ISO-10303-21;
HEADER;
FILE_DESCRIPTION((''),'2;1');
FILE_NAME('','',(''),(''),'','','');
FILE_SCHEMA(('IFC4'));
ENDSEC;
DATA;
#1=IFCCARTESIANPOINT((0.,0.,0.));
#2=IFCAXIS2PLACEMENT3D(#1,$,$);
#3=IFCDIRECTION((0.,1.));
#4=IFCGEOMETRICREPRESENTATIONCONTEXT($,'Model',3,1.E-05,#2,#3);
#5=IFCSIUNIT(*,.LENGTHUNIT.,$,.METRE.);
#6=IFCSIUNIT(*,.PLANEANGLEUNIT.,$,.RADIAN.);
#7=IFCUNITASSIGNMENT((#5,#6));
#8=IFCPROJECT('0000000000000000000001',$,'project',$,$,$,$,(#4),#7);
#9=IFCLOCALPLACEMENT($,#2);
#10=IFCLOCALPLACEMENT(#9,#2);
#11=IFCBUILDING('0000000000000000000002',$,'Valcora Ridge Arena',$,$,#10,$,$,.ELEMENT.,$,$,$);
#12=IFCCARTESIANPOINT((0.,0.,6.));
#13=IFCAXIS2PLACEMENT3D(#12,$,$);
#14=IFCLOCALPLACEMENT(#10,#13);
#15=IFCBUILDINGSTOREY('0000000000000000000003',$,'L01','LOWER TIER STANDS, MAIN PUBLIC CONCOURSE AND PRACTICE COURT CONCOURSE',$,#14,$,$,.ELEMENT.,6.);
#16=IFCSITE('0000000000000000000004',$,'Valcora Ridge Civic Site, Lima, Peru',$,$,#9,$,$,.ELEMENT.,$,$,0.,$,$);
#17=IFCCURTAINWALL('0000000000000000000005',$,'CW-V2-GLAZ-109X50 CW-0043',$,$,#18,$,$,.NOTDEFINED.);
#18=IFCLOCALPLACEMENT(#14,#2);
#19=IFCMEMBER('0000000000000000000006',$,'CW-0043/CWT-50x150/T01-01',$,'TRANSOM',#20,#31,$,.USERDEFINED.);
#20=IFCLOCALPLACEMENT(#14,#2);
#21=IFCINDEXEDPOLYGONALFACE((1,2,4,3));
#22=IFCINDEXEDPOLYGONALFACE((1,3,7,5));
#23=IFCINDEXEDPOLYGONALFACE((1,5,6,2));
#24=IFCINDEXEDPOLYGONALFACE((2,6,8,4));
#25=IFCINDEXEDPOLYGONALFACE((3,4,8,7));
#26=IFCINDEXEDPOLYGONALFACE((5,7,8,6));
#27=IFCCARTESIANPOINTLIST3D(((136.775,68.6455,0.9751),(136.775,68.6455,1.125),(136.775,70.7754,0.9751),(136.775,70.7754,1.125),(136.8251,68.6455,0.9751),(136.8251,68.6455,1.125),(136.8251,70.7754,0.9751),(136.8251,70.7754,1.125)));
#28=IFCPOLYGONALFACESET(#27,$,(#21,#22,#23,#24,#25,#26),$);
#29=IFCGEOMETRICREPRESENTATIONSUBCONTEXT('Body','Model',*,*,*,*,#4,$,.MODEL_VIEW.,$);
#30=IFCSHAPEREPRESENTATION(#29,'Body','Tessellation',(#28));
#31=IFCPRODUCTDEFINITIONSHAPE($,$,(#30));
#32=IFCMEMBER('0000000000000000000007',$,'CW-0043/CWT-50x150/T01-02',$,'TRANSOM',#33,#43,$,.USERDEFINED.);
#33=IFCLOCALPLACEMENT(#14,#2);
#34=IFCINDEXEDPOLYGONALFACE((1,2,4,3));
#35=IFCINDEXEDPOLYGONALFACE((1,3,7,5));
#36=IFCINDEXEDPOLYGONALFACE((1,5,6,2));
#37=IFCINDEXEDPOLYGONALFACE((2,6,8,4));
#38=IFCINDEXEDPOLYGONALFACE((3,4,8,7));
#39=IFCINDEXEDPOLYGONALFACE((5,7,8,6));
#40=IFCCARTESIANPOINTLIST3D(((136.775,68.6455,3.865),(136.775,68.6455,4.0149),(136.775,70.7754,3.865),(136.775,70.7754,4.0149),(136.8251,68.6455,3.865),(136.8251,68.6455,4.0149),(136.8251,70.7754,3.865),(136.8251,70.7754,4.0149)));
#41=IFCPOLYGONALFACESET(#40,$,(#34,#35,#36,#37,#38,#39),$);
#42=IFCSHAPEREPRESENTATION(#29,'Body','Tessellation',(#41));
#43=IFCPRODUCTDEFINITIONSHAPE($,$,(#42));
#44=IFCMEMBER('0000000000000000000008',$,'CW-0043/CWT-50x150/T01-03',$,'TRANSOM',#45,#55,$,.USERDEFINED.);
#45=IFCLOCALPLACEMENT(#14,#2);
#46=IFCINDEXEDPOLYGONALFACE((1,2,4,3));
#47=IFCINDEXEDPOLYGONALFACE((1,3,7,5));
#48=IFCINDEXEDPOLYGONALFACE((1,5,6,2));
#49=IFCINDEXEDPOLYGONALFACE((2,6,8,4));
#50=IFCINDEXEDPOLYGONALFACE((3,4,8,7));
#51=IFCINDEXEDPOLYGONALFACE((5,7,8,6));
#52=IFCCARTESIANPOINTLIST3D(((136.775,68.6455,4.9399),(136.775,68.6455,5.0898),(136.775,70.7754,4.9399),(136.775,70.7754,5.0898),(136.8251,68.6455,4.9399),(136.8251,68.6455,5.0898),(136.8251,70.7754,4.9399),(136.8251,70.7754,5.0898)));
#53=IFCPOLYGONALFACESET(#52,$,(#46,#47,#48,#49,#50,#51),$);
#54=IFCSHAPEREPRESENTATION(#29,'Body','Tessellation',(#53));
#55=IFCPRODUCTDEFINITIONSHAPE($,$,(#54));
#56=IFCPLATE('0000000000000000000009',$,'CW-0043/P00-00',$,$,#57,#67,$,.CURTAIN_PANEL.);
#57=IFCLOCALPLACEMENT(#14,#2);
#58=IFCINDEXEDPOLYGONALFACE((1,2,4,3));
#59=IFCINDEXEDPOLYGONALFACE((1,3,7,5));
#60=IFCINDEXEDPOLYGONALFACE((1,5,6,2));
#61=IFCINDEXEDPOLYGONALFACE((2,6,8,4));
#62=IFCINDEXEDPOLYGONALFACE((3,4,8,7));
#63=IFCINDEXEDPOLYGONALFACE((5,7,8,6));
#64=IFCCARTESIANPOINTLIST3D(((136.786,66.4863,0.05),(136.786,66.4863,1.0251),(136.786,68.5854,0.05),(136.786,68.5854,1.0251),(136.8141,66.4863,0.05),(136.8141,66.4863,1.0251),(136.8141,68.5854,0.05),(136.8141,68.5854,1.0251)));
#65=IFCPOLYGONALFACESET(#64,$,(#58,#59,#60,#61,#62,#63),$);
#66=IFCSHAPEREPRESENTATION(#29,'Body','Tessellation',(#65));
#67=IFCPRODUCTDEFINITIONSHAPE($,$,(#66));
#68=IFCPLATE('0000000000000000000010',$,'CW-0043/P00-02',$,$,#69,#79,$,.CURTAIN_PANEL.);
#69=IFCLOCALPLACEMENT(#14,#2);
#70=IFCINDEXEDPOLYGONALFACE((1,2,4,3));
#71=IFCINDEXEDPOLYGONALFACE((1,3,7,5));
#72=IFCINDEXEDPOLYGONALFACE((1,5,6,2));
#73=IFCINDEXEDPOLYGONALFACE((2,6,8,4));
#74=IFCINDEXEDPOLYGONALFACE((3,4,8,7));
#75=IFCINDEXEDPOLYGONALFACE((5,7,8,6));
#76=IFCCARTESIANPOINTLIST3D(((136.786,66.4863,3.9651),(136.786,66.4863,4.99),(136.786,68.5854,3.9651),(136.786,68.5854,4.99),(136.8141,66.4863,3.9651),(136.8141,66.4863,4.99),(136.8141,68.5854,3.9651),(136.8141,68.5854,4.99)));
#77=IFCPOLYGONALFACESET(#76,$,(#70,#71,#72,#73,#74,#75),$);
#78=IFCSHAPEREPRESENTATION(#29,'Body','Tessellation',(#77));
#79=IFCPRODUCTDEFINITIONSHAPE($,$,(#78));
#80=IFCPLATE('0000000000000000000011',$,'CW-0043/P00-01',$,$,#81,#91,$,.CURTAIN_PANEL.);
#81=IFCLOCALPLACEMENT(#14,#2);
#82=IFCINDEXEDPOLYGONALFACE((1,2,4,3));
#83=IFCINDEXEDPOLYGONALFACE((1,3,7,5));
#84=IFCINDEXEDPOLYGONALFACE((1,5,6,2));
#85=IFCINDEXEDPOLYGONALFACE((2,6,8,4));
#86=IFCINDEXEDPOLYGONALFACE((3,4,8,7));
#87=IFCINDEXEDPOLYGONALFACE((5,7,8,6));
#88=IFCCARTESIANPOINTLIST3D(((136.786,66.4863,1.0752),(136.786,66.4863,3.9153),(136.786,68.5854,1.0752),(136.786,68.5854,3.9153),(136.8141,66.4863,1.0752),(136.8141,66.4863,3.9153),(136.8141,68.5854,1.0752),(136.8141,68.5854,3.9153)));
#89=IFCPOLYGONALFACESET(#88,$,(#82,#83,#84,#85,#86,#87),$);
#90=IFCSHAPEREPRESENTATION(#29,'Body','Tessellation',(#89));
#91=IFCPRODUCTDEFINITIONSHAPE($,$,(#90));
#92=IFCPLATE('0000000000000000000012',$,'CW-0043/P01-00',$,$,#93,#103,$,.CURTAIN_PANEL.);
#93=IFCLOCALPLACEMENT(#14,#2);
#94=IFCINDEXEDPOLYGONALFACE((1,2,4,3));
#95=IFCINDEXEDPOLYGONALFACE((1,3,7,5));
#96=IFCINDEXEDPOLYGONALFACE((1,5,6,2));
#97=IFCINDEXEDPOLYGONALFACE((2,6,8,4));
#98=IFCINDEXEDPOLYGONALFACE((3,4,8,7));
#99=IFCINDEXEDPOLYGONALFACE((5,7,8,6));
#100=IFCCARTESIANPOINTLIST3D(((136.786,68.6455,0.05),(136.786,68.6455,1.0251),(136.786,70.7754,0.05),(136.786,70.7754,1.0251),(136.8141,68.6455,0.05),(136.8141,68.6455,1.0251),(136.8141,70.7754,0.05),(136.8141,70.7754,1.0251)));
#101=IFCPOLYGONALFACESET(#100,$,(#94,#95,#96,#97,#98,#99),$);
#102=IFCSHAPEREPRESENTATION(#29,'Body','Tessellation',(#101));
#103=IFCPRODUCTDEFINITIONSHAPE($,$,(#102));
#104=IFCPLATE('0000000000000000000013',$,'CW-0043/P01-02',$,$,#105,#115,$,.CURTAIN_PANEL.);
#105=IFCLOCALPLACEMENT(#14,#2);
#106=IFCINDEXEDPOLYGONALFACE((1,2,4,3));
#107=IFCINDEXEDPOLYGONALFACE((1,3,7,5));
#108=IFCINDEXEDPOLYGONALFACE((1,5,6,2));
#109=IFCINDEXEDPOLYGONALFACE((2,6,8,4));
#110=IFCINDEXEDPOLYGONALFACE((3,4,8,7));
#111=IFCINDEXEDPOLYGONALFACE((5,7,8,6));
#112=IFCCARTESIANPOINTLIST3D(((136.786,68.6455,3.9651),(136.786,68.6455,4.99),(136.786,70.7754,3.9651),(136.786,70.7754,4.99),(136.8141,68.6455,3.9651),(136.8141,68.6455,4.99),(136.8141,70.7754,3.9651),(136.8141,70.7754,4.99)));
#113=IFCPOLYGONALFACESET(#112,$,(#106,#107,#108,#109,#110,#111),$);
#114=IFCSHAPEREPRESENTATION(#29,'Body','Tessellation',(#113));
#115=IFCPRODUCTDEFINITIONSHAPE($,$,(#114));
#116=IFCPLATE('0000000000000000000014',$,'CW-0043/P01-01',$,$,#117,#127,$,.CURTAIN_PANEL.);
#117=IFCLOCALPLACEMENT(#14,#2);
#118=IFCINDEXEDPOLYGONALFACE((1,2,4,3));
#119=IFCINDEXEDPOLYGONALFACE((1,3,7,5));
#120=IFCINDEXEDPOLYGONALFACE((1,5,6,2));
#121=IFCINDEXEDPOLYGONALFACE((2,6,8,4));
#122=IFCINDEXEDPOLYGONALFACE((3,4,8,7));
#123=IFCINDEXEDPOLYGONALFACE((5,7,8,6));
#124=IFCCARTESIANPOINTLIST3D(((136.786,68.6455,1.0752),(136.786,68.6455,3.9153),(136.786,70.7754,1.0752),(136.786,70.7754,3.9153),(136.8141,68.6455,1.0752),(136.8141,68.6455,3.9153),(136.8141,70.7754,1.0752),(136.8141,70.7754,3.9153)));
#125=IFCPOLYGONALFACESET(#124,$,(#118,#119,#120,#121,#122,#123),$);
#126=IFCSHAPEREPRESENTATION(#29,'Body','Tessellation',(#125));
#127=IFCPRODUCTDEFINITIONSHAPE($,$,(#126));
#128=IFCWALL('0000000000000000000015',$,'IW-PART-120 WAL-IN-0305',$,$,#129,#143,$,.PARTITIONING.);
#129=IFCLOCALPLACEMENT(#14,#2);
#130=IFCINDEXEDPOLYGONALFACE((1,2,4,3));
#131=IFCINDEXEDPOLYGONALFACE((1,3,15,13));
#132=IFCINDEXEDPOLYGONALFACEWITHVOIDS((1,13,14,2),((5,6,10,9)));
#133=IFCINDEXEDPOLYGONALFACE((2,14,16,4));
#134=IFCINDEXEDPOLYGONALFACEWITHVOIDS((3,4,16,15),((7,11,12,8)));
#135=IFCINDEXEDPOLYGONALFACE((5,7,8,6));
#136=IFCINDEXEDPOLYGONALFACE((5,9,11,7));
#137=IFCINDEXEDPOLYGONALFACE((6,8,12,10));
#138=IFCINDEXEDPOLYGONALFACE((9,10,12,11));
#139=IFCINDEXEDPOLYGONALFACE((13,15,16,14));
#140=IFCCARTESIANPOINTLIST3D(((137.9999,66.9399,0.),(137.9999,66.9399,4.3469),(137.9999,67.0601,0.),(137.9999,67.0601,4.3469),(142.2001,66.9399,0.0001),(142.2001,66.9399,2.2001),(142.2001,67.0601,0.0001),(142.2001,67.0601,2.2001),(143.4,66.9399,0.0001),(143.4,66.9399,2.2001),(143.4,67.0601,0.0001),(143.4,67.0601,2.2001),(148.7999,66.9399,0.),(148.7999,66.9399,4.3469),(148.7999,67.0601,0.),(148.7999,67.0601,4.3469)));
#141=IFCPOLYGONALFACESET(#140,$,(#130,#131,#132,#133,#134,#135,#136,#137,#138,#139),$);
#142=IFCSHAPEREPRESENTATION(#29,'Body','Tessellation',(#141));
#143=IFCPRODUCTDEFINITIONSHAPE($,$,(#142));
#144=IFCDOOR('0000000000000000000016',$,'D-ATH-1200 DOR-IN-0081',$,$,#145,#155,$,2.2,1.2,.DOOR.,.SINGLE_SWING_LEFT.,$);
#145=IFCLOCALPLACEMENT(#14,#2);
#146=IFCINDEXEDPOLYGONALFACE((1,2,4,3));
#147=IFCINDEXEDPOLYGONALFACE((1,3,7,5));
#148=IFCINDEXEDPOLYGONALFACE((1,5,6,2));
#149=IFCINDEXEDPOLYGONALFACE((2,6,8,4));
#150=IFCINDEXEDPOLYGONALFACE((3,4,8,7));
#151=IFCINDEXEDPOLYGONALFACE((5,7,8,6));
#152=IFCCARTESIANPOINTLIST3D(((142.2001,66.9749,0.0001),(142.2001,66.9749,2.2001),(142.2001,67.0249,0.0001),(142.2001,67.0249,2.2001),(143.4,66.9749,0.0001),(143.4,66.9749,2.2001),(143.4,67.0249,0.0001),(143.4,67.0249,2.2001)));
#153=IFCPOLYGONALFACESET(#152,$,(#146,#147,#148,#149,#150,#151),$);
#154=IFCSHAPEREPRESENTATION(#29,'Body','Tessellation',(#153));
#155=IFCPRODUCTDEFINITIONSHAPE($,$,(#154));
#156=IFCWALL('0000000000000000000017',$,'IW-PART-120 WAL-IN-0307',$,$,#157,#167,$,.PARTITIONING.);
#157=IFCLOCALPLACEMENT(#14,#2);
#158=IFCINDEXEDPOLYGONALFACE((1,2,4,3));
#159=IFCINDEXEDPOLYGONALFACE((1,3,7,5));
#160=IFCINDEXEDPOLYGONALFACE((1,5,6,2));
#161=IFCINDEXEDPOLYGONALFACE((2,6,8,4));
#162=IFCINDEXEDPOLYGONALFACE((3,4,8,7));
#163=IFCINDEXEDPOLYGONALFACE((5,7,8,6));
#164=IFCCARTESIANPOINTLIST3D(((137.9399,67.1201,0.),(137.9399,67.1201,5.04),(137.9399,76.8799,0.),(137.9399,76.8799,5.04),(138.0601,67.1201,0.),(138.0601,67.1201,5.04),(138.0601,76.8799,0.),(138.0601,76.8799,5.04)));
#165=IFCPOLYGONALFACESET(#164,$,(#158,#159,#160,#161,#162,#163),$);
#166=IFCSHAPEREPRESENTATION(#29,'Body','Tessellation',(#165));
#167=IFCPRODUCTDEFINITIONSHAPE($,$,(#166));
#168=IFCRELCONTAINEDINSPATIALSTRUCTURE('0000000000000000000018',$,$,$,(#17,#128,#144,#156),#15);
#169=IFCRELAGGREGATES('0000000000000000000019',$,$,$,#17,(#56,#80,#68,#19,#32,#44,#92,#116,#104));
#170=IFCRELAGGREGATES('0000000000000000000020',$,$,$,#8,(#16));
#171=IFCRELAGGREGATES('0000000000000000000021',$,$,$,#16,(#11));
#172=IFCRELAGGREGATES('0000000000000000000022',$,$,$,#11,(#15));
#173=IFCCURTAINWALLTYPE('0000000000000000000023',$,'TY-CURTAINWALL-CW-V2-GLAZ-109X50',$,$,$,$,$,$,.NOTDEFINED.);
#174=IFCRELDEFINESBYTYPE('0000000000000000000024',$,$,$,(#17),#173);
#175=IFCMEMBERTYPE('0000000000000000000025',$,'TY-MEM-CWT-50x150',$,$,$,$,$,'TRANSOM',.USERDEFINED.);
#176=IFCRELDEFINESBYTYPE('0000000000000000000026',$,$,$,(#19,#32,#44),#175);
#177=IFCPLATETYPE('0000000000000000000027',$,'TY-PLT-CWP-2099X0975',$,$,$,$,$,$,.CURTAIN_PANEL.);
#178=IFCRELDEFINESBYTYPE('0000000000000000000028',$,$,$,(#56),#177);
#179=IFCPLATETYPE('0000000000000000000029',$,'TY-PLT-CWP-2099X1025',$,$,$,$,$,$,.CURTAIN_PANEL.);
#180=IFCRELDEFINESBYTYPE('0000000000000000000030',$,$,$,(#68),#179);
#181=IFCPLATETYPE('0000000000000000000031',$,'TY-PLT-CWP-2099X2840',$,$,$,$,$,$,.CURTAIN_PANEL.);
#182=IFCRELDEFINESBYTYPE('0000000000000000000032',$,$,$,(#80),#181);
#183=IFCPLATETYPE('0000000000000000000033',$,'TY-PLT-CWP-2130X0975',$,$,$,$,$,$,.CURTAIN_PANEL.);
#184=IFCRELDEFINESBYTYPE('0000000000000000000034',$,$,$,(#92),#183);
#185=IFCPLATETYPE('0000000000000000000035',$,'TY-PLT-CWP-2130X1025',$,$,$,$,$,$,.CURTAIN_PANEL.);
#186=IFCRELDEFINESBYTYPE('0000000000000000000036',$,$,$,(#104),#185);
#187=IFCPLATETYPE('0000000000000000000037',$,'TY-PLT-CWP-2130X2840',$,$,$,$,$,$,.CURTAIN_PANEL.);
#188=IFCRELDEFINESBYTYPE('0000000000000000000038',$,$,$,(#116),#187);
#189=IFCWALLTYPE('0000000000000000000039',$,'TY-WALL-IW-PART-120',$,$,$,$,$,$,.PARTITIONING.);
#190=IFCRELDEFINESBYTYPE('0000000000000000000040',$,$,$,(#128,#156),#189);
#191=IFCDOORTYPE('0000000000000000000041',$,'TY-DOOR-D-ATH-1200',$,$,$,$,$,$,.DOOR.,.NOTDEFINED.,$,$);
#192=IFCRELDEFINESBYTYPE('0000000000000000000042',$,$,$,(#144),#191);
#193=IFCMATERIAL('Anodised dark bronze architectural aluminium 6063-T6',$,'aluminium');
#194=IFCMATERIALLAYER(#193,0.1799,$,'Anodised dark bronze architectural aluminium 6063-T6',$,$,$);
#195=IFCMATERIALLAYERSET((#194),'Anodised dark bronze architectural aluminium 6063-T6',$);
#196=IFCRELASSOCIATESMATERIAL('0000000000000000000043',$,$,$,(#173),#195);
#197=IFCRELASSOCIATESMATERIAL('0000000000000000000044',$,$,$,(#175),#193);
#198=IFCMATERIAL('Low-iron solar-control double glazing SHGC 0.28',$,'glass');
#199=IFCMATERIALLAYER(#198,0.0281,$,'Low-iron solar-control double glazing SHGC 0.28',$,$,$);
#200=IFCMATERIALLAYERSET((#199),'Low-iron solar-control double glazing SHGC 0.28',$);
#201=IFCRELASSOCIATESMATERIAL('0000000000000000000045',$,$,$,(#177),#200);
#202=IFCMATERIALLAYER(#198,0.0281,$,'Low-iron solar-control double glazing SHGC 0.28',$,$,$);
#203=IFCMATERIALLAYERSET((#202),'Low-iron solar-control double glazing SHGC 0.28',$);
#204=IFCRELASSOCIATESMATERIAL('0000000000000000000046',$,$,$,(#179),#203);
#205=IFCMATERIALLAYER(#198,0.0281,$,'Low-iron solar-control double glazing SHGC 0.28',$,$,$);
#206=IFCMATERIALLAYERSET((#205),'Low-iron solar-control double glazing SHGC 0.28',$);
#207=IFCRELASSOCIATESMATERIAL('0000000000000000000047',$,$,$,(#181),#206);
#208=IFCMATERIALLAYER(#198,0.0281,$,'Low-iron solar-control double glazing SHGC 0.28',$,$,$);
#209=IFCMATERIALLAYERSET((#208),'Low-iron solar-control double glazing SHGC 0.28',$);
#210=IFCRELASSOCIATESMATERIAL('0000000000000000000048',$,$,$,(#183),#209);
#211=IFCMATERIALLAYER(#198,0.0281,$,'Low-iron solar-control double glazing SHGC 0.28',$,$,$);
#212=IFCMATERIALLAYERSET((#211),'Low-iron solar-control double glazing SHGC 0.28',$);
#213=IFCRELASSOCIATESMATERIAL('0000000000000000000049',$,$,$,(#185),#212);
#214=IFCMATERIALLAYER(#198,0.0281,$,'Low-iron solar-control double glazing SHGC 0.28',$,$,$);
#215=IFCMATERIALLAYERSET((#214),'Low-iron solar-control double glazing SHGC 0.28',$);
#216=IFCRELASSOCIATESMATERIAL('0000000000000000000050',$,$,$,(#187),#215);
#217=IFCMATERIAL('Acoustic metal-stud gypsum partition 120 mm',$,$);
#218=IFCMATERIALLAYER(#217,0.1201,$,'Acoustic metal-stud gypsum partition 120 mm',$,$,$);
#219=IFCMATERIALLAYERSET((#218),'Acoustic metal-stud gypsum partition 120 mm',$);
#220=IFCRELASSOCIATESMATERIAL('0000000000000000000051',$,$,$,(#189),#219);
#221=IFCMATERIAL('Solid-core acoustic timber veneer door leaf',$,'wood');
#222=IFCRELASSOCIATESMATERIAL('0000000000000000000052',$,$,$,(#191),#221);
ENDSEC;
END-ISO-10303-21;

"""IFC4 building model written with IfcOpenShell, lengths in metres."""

from ifc_helpers import new_model, si_unit, direction, frame, frame_2d, origin, origin_2d, place, context, subcontext, project, spatial, rectangle, extrude, material, layer, layer_set, material_profile, profile_set, type_object, element, fill, aggregate, save


model = new_model("IFC4")

# Units and contexts
model_context = context("Model", 3, precision=1e-05, world=origin(), true_north=direction((0.0, 1.0)))
body_context = subcontext(model_context, "Body", "Model", "MODEL_VIEW")
ifc_project = project(units=[si_unit("LENGTHUNIT", "METRE"), si_unit("PLANEANGLEUNIT", "RADIAN")], contexts=[model_context])

# Site, building, storey
site_placement = place(None, origin())
site = spatial("IfcSite", under=ifc_project, at=site_placement, Name="Valcora Ridge Civic Site, Lima, Peru", CompositionType="ELEMENT", RefElevation=0.0)
building_placement = place(site_placement, origin())
building = spatial("IfcBuilding", under=site, at=building_placement, Name="Valcora Ridge Arena", CompositionType="ELEMENT")
storey_placement = place(building_placement, frame((0.0, 0.0, 6.0)))
storey = spatial("IfcBuildingStorey", under=building, at=storey_placement, Name="L01", Description="LOWER TIER STANDS, MAIN PUBLIC CONCOURSE AND PRACTICE COURT CONCOURSE", CompositionType="ELEMENT", Elevation=6.0)

# Curtain wall, members, plates
ifc_material_1 = material(Name="Anodised dark bronze architectural aluminium 6063-T6", Category="aluminium")
ifc_layer_1 = layer(ifc_material_1, 0.1799, Name="Anodised dark bronze architectural aluminium 6063-T6")
ifc_layer_set_1 = layer_set([ifc_layer_1], Name="Anodised dark bronze architectural aluminium 6063-T6")
curtain_wall_type = type_object("IfcCurtainWallType", Name="TY-CURTAINWALL-CW-V2-GLAZ-109X50", PredefinedType="NOTDEFINED", material=ifc_layer_set_1)
curtain_wall_placement = place(storey_placement, origin())
curtain_wall = element("IfcCurtainWall", 1, at=curtain_wall_placement, inside=storey, type_object=curtain_wall_type, Name="CW-V2-GLAZ-109X50 CW-0043", PredefinedType="NOTDEFINED")
ifc_material_profile_1 = material_profile(ifc_material_1, rectangle(XDim=0.05, YDim=0.1499, at=origin_2d()), Name="ALU TRANSOM 50x150")
ifc_profile_set_1 = profile_set([ifc_material_profile_1], Name="Anodised dark bronze architectural aluminium 6063-T6")
member_type_1 = type_object("IfcMemberType", Name="TY-MEM-CWT-50x150", ElementType="TRANSOM", PredefinedType="USERDEFINED", material=ifc_profile_set_1)
member_1_placement = place(storey_placement, frame((136.8, 68.6455, 1.05), z_axis=(0.0, 1.0, 0.0), x_axis=(-1.0, 0.0, 0.0)))
member_1 = element("IfcMember", 2, at=member_1_placement, type_object=member_type_1, Name="CW-0043/CWT-50x150/T01-01", ObjectType="TRANSOM", PredefinedType="USERDEFINED", context=body_context, shape_type="SweptSolid", body=[
    extrude(rectangle(XDim=0.05, YDim=0.1499, at=origin_2d()), origin(), (0.0, 0.0, 1.0), 2.1299),
])
member_2_placement = place(storey_placement, frame((136.8, 68.6455, 3.9399), z_axis=(0.0, 1.0, 0.0), x_axis=(-1.0, 0.0, 0.0)))
member_2 = element("IfcMember", 3, at=member_2_placement, type_object=member_type_1, Name="CW-0043/CWT-50x150/T01-02", ObjectType="TRANSOM", PredefinedType="USERDEFINED", context=body_context, shape_type="SweptSolid", body=[
    extrude(rectangle(XDim=0.05, YDim=0.1499, at=origin_2d()), origin(), (0.0, 0.0, 1.0), 2.1299),
])
member_3_placement = place(storey_placement, frame((136.8, 68.6455, 5.0149), z_axis=(0.0, 1.0, 0.0), x_axis=(-1.0, 0.0, 0.0)))
member_3 = element("IfcMember", 4, at=member_3_placement, type_object=member_type_1, Name="CW-0043/CWT-50x150/T01-03", ObjectType="TRANSOM", PredefinedType="USERDEFINED", context=body_context, shape_type="SweptSolid", body=[
    extrude(rectangle(XDim=0.05, YDim=0.1499, at=origin_2d()), origin(), (0.0, 0.0, 1.0), 2.1299),
])
ifc_material_2 = material(Name="Low-iron solar-control double glazing SHGC 0.28", Category="glass")
ifc_layer_2 = layer(ifc_material_2, 0.0281, Name="Low-iron solar-control double glazing SHGC 0.28")
ifc_layer_set_2 = layer_set([ifc_layer_2], Name="Low-iron solar-control double glazing SHGC 0.28")
plate_type_1 = type_object("IfcPlateType", Name="TY-PLT-CWP-2099X0975", PredefinedType="CURTAIN_PANEL", material=ifc_layer_set_2)
plate_1_placement = place(storey_placement, frame((136.8, 67.5359, 0.05), z_axis=(0.0, 0.0, 1.0), x_axis=(0.0, 1.0, 0.0)))
plate_1 = element("IfcPlate", 5, at=plate_1_placement, type_object=plate_type_1, Name="CW-0043/P00-00", PredefinedType="CURTAIN_PANEL", context=body_context, shape_type="SweptSolid", body=[
    extrude(rectangle(XDim=2.0991, YDim=0.0281, at=origin_2d()), origin(), (0.0, 0.0, 1.0), 0.9751),
])
ifc_layer_3 = layer(ifc_material_2, 0.0281, Name="Low-iron solar-control double glazing SHGC 0.28")
ifc_layer_set_3 = layer_set([ifc_layer_3], Name="Low-iron solar-control double glazing SHGC 0.28")
plate_type_2 = type_object("IfcPlateType", Name="TY-PLT-CWP-2099X1025", PredefinedType="CURTAIN_PANEL", material=ifc_layer_set_3)
plate_2_placement = place(storey_placement, frame((136.8, 67.5359, 3.9651), z_axis=(0.0, 0.0, 1.0), x_axis=(0.0, 1.0, 0.0)))
plate_2 = element("IfcPlate", 6, at=plate_2_placement, type_object=plate_type_2, Name="CW-0043/P00-02", PredefinedType="CURTAIN_PANEL", context=body_context, shape_type="SweptSolid", body=[
    extrude(rectangle(XDim=2.0991, YDim=0.0281, at=origin_2d()), origin(), (0.0, 0.0, 1.0), 1.0249),
])
ifc_layer_4 = layer(ifc_material_2, 0.0281, Name="Low-iron solar-control double glazing SHGC 0.28")
ifc_layer_set_4 = layer_set([ifc_layer_4], Name="Low-iron solar-control double glazing SHGC 0.28")
plate_type_3 = type_object("IfcPlateType", Name="TY-PLT-CWP-2099X2840", PredefinedType="CURTAIN_PANEL", material=ifc_layer_set_4)
plate_3_placement = place(storey_placement, frame((136.8, 67.5359, 1.0752), z_axis=(0.0, 0.0, 1.0), x_axis=(0.0, 1.0, 0.0)))
plate_3 = element("IfcPlate", 7, at=plate_3_placement, type_object=plate_type_3, Name="CW-0043/P00-01", PredefinedType="CURTAIN_PANEL", context=body_context, shape_type="SweptSolid", body=[
    extrude(rectangle(XDim=2.0991, YDim=0.0281, at=origin_2d()), origin(), (0.0, 0.0, 1.0), 2.8401),
])
ifc_layer_5 = layer(ifc_material_2, 0.0281, Name="Low-iron solar-control double glazing SHGC 0.28")
ifc_layer_set_5 = layer_set([ifc_layer_5], Name="Low-iron solar-control double glazing SHGC 0.28")
plate_type_4 = type_object("IfcPlateType", Name="TY-PLT-CWP-2130X0975", PredefinedType="CURTAIN_PANEL", material=ifc_layer_set_5)
plate_4_placement = place(storey_placement, frame((136.8, 69.7104, 0.05), z_axis=(0.0, 0.0, 1.0), x_axis=(0.0, 1.0, 0.0)))
plate_4 = element("IfcPlate", 8, at=plate_4_placement, type_object=plate_type_4, Name="CW-0043/P01-00", PredefinedType="CURTAIN_PANEL", context=body_context, shape_type="SweptSolid", body=[
    extrude(rectangle(XDim=2.1299, YDim=0.0281, at=origin_2d()), origin(), (0.0, 0.0, 1.0), 0.9751),
])
ifc_layer_6 = layer(ifc_material_2, 0.0281, Name="Low-iron solar-control double glazing SHGC 0.28")
ifc_layer_set_6 = layer_set([ifc_layer_6], Name="Low-iron solar-control double glazing SHGC 0.28")
plate_type_5 = type_object("IfcPlateType", Name="TY-PLT-CWP-2130X1025", PredefinedType="CURTAIN_PANEL", material=ifc_layer_set_6)
plate_5_placement = place(storey_placement, frame((136.8, 69.7104, 3.9651), z_axis=(0.0, 0.0, 1.0), x_axis=(0.0, 1.0, 0.0)))
plate_5 = element("IfcPlate", 9, at=plate_5_placement, type_object=plate_type_5, Name="CW-0043/P01-02", PredefinedType="CURTAIN_PANEL", context=body_context, shape_type="SweptSolid", body=[
    extrude(rectangle(XDim=2.1299, YDim=0.0281, at=origin_2d()), origin(), (0.0, 0.0, 1.0), 1.0249),
])
ifc_layer_7 = layer(ifc_material_2, 0.0281, Name="Low-iron solar-control double glazing SHGC 0.28")
ifc_layer_set_7 = layer_set([ifc_layer_7], Name="Low-iron solar-control double glazing SHGC 0.28")
plate_type_6 = type_object("IfcPlateType", Name="TY-PLT-CWP-2130X2840", PredefinedType="CURTAIN_PANEL", material=ifc_layer_set_7)
plate_6_placement = place(storey_placement, frame((136.8, 69.7104, 1.0752), z_axis=(0.0, 0.0, 1.0), x_axis=(0.0, 1.0, 0.0)))
plate_6 = element("IfcPlate", 10, at=plate_6_placement, type_object=plate_type_6, Name="CW-0043/P01-01", PredefinedType="CURTAIN_PANEL", context=body_context, shape_type="SweptSolid", body=[
    extrude(rectangle(XDim=2.1299, YDim=0.0281, at=origin_2d()), origin(), (0.0, 0.0, 1.0), 2.8401),
])
aggregate(curtain_wall, [plate_1, plate_3, plate_2, member_1, member_2, member_3, plate_4, plate_6, plate_5])

# Wall, opening, door
ifc_material_3 = material(Name="Acoustic metal-stud gypsum partition 120 mm")
ifc_layer_8 = layer(ifc_material_3, 0.1201, Name="Acoustic metal-stud gypsum partition 120 mm")
ifc_layer_set_8 = layer_set([ifc_layer_8], Name="Acoustic metal-stud gypsum partition 120 mm")
wall_type = type_object("IfcWallType", Name="TY-WALL-IW-PART-120", PredefinedType="PARTITIONING", material=ifc_layer_set_8)
wall_1_placement = place(storey_placement, frame((138.0, 67.0, 0.0), z_axis=(0.0, 0.0, 1.0), x_axis=(1.0, 0.0, 0.0)))
wall_1 = element("IfcWall", 11, at=wall_1_placement, inside=storey, type_object=wall_type, Name="IW-PART-120 WAL-IN-0305", PredefinedType="PARTITIONING", context=body_context, shape_type="SweptSolid", body=[
    extrude(rectangle(XDim=10.8, YDim=0.1201, at=frame_2d((5.3999, 0.0))), origin(), (0.0, 0.0, 1.0), 4.3469),
])
opening_placement = place(wall_1_placement, frame((4.2, 0.0, 0.0)))
opening = element("IfcOpeningElement", 12, at=opening_placement, cuts=wall_1, PredefinedType="OPENING", context=body_context, shape_type="SweptSolid", body=[
    extrude(rectangle(XDim=1.2, YDim=2.2, at=frame_2d((0.6001, 1.1001))), frame((0.0, 0.0701, 0.0), z_axis=(0.0, -1.0, 0.0), x_axis=(1.0, 0.0, 0.0)), (0.0, 0.0, 1.0), 0.1401),
])
ifc_material_4 = material(Name="Solid-core acoustic timber veneer door leaf", Category="wood")
door_type = type_object("IfcDoorType", Name="TY-DOOR-D-ATH-1200", OperationType="NOTDEFINED", PredefinedType="DOOR", material=ifc_material_4)
door_placement = place(opening_placement, origin())
door = element("IfcDoor", 13, at=door_placement, inside=storey, type_object=door_type, Name="D-ATH-1200 DOR-IN-0081", OperationType="SINGLE_SWING_LEFT", OverallHeight=2.2, OverallWidth=1.2, PredefinedType="DOOR", context=body_context, shape_type="SweptSolid", body=[
    extrude(rectangle(XDim=1.2, YDim=2.2, at=frame_2d((0.6001, 1.1001))), frame((0.0, 0.0249, 0.0), z_axis=(0.0, -1.0, 0.0), x_axis=(1.0, 0.0, 0.0)), (0.0, 0.0, 1.0), 0.05),
])
fill(opening, door)

# Wall
wall_2_placement = place(storey_placement, frame((138.0, 67.1201, 0.0), z_axis=(0.0, 0.0, 1.0), x_axis=(0.0, 1.0, 0.0)))
element("IfcWall", 14, at=wall_2_placement, inside=storey, type_object=wall_type, Name="IW-PART-120 WAL-IN-0307", PredefinedType="PARTITIONING", context=body_context, shape_type="SweptSolid", body=[
    extrude(rectangle(XDim=9.7598, YDim=0.1201, at=frame_2d((4.8799, 0.0))), origin(), (0.0, 0.0, 1.0), 5.04),
])

save(model, "model.ifc")
